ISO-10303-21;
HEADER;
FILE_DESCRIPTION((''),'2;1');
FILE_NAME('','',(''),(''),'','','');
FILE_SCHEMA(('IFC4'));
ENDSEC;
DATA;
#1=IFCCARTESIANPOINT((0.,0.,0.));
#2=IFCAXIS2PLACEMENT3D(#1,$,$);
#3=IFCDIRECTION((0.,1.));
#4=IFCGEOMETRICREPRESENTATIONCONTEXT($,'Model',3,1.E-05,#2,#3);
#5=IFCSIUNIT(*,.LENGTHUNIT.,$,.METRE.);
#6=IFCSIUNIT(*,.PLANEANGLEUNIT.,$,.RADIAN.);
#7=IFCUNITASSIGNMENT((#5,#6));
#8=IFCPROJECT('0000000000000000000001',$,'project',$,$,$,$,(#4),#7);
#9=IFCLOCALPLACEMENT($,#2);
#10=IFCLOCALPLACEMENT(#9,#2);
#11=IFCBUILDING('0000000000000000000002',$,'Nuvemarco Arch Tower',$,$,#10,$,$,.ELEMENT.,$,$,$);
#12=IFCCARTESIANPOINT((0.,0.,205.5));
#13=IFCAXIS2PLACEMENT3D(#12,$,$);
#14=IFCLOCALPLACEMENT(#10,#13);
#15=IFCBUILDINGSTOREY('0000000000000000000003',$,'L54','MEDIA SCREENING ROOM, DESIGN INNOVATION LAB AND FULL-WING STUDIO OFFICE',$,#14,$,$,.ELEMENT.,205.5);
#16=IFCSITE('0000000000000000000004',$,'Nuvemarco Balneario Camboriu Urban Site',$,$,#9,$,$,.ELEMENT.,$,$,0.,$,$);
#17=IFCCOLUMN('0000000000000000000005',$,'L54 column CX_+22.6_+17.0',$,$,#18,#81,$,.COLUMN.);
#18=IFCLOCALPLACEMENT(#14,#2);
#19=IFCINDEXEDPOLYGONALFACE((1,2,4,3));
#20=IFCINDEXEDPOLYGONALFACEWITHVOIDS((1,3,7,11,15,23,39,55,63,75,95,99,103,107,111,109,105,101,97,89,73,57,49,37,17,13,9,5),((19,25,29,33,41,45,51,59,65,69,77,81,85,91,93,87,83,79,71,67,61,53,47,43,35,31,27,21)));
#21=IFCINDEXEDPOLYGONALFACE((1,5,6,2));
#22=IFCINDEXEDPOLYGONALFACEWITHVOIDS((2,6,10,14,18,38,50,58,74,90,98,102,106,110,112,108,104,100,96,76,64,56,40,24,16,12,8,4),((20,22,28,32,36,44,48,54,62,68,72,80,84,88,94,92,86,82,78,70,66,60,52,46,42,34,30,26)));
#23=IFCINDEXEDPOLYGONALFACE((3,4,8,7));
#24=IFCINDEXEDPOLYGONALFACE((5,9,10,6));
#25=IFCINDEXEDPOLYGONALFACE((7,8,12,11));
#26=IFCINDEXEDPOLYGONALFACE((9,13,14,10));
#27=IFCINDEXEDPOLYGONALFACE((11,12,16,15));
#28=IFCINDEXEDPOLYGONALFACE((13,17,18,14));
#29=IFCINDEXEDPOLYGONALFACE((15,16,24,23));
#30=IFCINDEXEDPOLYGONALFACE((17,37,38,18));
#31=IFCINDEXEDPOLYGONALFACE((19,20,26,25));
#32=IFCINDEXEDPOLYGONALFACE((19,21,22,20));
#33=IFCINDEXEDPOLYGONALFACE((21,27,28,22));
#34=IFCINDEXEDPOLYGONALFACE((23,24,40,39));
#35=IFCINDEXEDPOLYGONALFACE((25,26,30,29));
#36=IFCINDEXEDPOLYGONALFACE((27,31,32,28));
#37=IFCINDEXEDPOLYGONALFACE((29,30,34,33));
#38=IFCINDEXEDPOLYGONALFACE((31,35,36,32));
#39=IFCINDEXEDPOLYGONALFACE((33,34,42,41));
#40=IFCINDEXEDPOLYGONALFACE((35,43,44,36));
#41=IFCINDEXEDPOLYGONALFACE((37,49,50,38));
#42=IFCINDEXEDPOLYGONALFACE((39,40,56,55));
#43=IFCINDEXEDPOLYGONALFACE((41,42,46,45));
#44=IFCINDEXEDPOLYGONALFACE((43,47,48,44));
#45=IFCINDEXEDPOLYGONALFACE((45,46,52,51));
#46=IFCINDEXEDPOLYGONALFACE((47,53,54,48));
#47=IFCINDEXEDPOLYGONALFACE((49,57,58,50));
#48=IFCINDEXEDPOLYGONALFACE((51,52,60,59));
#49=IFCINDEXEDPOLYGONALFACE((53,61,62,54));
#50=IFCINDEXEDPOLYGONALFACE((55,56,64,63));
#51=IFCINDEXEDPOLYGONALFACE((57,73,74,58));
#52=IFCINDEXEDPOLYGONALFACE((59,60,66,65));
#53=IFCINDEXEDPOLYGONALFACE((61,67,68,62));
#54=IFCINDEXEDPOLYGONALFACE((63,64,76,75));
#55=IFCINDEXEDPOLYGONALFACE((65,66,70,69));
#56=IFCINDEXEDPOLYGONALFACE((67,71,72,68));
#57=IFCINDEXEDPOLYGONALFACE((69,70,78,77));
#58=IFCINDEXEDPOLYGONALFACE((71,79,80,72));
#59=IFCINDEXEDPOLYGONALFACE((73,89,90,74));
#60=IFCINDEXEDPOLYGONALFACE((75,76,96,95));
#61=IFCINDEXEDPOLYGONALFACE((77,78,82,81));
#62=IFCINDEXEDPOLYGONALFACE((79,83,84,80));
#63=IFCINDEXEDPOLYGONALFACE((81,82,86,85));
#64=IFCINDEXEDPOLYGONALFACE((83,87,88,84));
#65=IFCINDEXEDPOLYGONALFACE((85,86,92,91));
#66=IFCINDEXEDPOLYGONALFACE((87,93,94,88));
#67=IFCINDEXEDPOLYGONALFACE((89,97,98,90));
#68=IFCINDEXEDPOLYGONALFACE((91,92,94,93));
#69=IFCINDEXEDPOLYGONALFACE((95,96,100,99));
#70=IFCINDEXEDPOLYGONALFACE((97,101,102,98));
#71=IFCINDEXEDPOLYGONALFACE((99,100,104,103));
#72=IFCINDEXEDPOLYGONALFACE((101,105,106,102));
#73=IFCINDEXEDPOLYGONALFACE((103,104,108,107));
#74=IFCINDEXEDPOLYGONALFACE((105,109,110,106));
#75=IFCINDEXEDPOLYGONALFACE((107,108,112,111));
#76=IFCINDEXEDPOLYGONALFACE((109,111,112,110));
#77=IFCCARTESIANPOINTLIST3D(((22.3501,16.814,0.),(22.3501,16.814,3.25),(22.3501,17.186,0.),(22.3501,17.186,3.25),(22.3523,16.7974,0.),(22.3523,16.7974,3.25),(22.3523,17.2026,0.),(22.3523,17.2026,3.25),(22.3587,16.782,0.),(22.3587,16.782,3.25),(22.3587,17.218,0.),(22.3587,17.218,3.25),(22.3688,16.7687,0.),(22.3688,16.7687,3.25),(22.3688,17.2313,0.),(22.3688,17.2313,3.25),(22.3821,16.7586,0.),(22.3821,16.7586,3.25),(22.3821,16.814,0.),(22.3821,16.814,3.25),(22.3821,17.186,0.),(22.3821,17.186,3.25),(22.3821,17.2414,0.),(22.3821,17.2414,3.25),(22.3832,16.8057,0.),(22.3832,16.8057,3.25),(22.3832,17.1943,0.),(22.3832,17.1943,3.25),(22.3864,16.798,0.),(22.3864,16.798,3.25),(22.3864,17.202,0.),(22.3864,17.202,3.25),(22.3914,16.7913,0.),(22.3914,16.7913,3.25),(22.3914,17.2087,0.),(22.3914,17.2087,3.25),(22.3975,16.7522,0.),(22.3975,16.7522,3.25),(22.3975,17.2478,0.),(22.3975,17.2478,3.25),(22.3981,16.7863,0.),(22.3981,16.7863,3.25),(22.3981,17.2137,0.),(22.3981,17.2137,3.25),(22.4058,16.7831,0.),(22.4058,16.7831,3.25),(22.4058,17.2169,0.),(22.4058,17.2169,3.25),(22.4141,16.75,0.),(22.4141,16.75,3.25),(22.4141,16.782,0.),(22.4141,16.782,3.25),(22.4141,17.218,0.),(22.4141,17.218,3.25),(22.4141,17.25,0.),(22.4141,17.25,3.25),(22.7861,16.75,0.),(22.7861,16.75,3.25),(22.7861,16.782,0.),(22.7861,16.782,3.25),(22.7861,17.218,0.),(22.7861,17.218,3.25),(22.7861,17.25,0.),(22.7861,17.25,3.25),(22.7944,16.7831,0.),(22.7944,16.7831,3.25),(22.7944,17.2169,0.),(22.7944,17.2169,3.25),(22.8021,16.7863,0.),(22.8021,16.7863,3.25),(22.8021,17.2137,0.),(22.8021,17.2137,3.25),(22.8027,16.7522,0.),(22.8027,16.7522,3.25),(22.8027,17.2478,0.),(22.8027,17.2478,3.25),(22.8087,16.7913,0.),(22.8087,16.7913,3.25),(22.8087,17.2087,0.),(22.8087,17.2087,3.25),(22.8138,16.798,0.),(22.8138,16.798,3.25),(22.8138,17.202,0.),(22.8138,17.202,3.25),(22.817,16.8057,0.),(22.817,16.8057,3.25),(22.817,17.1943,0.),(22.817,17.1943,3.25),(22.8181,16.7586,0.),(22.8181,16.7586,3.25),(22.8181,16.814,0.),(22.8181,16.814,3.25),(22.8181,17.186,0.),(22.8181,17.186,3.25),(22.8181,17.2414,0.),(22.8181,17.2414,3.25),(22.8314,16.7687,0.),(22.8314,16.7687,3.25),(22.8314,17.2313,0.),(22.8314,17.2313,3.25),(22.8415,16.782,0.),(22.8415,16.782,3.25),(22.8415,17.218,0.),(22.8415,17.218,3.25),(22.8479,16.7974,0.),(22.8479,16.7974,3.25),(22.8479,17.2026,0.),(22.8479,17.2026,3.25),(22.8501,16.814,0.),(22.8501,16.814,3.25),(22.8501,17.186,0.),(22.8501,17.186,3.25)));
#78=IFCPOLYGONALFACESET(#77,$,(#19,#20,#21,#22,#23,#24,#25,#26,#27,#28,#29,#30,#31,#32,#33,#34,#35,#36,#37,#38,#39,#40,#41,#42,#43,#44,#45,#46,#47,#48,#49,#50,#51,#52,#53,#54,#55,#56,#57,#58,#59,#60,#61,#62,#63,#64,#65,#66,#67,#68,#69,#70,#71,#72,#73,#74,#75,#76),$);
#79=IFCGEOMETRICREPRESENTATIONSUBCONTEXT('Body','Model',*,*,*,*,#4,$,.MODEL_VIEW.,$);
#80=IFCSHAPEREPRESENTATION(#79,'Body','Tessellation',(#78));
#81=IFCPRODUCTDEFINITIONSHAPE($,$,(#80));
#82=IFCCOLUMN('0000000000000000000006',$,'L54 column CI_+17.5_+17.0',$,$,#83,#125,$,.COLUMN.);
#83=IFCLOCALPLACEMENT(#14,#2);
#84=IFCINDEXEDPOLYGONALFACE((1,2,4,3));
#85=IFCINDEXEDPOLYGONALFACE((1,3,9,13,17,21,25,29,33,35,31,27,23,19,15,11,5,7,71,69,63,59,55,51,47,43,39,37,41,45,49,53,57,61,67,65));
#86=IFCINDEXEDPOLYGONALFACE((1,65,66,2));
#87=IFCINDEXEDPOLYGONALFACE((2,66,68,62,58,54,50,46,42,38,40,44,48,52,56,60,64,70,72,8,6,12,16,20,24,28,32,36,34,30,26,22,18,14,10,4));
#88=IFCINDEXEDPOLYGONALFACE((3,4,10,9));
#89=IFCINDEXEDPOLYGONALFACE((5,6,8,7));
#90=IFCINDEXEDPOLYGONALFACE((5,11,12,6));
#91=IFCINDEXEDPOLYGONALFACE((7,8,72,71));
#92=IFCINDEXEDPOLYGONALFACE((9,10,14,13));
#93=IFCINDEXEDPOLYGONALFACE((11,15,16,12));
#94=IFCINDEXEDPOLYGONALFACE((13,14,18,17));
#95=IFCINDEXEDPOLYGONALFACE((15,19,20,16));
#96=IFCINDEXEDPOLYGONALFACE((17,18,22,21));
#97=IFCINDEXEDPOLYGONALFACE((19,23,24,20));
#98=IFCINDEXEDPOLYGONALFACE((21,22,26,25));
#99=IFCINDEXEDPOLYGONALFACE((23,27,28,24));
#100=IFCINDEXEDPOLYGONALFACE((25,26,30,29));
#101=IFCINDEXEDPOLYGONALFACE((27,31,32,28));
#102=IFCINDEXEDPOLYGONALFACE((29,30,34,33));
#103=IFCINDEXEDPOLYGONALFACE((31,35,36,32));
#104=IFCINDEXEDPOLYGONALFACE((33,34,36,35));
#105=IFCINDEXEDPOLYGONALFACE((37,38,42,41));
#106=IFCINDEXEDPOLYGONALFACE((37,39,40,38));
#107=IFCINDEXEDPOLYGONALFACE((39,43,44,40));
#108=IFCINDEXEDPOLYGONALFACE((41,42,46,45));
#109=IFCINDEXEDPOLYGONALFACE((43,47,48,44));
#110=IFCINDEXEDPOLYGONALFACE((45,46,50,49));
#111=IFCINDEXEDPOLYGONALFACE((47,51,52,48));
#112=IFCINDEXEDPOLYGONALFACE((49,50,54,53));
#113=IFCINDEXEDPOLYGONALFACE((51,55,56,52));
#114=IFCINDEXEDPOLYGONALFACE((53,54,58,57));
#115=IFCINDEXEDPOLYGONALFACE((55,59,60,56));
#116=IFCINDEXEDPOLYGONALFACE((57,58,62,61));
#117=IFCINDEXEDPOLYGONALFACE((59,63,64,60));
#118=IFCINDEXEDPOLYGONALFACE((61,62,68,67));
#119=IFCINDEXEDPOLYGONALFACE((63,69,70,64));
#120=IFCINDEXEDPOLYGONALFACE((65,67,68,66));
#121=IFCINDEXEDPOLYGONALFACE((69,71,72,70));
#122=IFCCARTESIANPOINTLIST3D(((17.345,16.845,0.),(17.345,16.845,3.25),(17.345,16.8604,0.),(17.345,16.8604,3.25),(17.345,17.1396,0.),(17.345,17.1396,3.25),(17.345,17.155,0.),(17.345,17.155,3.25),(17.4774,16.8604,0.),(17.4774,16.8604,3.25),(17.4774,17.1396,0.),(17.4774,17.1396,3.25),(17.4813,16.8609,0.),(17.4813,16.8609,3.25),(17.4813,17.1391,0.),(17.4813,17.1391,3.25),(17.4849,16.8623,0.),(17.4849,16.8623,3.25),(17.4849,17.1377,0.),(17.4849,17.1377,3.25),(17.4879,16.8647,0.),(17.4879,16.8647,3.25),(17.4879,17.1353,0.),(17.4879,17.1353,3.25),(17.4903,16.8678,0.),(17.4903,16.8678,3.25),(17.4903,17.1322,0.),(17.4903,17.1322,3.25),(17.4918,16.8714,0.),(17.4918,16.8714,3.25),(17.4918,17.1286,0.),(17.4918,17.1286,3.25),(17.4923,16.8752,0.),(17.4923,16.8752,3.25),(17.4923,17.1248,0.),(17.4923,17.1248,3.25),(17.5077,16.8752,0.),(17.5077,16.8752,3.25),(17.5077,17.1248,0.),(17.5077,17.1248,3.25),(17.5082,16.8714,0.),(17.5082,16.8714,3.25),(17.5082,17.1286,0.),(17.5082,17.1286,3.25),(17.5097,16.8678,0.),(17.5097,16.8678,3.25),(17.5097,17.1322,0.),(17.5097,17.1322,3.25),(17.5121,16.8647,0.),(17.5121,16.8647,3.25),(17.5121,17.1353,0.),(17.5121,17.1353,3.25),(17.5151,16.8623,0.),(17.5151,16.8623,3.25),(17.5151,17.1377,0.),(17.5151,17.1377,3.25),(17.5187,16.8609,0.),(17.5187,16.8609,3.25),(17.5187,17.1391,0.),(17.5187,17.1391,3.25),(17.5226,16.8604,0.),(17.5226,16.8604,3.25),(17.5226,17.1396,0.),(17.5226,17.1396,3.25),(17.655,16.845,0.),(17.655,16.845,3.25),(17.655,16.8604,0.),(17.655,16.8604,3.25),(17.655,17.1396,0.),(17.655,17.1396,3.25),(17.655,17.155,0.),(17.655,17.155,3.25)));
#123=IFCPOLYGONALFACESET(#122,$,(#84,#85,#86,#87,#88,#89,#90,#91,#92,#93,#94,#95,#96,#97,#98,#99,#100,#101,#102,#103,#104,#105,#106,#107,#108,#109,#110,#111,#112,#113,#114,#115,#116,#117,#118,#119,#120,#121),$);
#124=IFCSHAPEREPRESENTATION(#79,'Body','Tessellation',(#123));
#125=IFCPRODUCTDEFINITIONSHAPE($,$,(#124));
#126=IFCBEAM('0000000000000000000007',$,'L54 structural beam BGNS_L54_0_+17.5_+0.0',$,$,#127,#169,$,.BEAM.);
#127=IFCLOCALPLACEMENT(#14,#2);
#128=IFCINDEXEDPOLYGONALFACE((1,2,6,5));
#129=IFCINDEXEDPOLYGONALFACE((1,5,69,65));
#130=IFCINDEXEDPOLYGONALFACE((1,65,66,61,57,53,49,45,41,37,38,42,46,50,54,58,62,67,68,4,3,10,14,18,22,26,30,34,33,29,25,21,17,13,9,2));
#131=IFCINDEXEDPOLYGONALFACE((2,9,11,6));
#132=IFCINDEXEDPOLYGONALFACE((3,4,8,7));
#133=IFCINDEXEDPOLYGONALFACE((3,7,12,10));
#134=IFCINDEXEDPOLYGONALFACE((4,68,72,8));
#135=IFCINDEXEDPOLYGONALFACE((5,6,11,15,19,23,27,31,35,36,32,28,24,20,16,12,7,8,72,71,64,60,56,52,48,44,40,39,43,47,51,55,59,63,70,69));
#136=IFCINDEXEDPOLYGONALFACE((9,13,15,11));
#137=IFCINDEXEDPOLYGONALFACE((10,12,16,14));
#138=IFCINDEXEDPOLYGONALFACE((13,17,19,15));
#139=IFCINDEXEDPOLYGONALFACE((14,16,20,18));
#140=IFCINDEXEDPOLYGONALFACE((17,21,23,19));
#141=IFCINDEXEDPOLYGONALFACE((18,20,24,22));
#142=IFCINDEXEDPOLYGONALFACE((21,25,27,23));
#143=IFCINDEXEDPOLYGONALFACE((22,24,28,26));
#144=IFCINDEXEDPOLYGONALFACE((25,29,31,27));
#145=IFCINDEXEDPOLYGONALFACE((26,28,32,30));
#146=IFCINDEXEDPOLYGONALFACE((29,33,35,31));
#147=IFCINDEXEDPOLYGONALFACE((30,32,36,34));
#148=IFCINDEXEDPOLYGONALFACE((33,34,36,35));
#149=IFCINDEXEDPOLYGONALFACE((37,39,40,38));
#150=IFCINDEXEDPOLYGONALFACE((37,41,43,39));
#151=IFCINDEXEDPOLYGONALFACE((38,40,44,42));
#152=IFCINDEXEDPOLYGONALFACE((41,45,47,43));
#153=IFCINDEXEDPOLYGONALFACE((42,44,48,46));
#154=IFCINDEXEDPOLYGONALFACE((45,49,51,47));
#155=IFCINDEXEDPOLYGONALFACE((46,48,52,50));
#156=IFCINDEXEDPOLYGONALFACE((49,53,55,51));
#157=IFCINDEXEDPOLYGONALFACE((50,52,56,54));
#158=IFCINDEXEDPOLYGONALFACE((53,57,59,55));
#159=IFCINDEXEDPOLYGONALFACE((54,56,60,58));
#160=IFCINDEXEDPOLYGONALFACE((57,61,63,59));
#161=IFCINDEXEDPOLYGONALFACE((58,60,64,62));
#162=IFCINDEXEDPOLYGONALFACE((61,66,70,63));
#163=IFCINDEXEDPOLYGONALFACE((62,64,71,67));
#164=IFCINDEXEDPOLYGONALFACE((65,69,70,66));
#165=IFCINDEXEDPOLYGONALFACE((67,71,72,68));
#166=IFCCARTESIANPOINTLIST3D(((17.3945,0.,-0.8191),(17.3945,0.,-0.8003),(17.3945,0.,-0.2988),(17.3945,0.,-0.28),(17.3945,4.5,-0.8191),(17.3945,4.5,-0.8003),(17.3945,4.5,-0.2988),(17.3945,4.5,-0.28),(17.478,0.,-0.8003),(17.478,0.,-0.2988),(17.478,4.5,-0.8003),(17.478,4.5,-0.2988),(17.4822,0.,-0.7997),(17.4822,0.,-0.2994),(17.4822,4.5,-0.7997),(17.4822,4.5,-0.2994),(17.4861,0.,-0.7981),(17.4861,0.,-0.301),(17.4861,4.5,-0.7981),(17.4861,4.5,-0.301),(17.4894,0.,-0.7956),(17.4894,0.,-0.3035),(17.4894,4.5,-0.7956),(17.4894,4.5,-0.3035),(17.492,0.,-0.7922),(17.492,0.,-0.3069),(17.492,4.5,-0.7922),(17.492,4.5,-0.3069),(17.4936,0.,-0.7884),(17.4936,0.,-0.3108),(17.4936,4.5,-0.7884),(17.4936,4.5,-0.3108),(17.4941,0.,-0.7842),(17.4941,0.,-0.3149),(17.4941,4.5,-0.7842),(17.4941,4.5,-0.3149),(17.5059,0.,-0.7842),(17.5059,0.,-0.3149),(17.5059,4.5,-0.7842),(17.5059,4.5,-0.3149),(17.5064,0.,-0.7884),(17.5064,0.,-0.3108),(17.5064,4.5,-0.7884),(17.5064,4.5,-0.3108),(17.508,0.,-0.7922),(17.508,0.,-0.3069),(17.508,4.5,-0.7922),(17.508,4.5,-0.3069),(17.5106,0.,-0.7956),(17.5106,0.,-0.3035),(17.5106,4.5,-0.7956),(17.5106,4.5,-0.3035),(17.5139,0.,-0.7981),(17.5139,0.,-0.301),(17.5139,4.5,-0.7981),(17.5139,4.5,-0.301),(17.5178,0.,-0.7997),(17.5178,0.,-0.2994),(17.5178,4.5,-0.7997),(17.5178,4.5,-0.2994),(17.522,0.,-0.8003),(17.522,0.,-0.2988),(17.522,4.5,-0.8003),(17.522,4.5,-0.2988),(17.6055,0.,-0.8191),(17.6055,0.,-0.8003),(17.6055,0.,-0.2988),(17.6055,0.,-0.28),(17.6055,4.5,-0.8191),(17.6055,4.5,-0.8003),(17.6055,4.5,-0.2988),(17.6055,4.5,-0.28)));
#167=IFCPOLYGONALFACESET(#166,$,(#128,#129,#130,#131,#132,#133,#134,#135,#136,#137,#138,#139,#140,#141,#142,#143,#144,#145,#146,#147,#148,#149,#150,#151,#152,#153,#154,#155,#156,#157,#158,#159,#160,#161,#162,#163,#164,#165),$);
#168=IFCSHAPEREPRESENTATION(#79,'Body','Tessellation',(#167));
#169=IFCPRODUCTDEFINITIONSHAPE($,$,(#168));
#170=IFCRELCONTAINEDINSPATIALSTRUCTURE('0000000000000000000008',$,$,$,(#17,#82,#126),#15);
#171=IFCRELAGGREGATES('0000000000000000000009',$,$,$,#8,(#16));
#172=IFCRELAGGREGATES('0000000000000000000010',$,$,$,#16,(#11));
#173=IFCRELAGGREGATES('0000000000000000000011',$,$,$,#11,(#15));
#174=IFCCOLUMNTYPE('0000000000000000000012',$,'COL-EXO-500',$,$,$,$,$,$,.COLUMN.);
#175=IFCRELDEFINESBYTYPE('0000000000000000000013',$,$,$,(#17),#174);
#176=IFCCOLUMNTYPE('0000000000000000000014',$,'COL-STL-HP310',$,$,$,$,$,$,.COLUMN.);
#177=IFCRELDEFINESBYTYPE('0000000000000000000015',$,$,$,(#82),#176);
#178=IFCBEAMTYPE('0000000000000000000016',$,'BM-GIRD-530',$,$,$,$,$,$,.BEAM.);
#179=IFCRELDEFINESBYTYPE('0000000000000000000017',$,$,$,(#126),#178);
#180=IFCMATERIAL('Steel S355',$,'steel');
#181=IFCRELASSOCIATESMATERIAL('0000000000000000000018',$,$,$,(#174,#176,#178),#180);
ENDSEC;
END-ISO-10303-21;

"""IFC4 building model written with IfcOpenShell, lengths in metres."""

from ifc_helpers import new_model, si_unit, direction, frame, origin, origin_2d, place, context, subcontext, project, spatial, hollow_rectangle, i_section, extrude, material, material_profile, profile_set, type_object, element, save


model = new_model("IFC4")

# Units and contexts
model_context = context("Model", 3, precision=1e-05, world=origin(), true_north=direction((0.0, 1.0)))
body_context = subcontext(model_context, "Body", "Model", "MODEL_VIEW")
ifc_project = project(units=[si_unit("LENGTHUNIT", "METRE"), si_unit("PLANEANGLEUNIT", "RADIAN")], contexts=[model_context])

# Site, building, storey
site_placement = place(None, origin())
site = spatial("IfcSite", under=ifc_project, at=site_placement, Name="Nuvemarco Balneario Camboriu Urban Site", CompositionType="ELEMENT", RefElevation=0.0)
building_placement = place(site_placement, origin())
building = spatial("IfcBuilding", under=site, at=building_placement, Name="Nuvemarco Arch Tower", CompositionType="ELEMENT")
storey_placement = place(building_placement, frame((0.0, 0.0, 205.5)))
storey = spatial("IfcBuildingStorey", under=building, at=storey_placement, Name="L54", Description="MEDIA SCREENING ROOM, DESIGN INNOVATION LAB AND FULL-WING STUDIO OFFICE", CompositionType="ELEMENT", Elevation=205.5)

# Columns
ifc_material_1 = material(Name="Steel S355", Category="steel")
ifc_material_profile_1 = material_profile(ifc_material_1, hollow_rectangle(XDim=0.5, YDim=0.5, WallThickness=0.032, InnerFilletRadius=0.032, OuterFilletRadius=0.064, at=origin_2d()), Name="SHS500x500x32")
ifc_profile_set_1 = profile_set([ifc_material_profile_1], Name="Steel S355")
column_type_1 = type_object("IfcColumnType", Name="COL-EXO-500", PredefinedType="COLUMN", material=ifc_profile_set_1)
for number, where, z_axis, x_axis, name in (
    (1, (22.6001, 17.0, 0.0), (0.0, 0.0, 1.0), (1.0, 0.0, 0.0), "L54 column CX_+22.6_+17.0"),
):
    element("IfcColumn", number, at=place(storey_placement, frame(where, z_axis=z_axis, x_axis=x_axis)), inside=storey, type_object=column_type_1, Name=name, PredefinedType="COLUMN", context=body_context, shape_type="SweptSolid", body=[
        extrude(hollow_rectangle(XDim=0.5, YDim=0.5, WallThickness=0.032, InnerFilletRadius=0.032, OuterFilletRadius=0.064, at=origin_2d()), origin(), (0.0, 0.0, 1.0), 3.25),
    ])
ifc_material_profile_2 = material_profile(ifc_material_1, i_section(OverallWidth=0.3101, OverallDepth=0.3101, WebThickness=0.0154, FlangeThickness=0.0154, FilletRadius=0.0149, at=origin_2d()), Name="HP310x110")
ifc_profile_set_2 = profile_set([ifc_material_profile_2], Name="Steel S355")
column_type_2 = type_object("IfcColumnType", Name="COL-STL-HP310", PredefinedType="COLUMN", material=ifc_profile_set_2)
column_placement = place(storey_placement, frame((17.5, 17.0, 0.0), z_axis=(0.0, 0.0, 1.0), x_axis=(1.0, 0.0, 0.0)))
element("IfcColumn", 2, at=column_placement, inside=storey, type_object=column_type_2, Name="L54 column CI_+17.5_+17.0", PredefinedType="COLUMN", context=body_context, shape_type="SweptSolid", body=[
    extrude(i_section(OverallWidth=0.3101, OverallDepth=0.3101, WebThickness=0.0154, FlangeThickness=0.0154, FilletRadius=0.0149, at=origin_2d()), origin(), (0.0, 0.0, 1.0), 3.25),
])

# Beam
ifc_material_profile_3 = material_profile(ifc_material_1, i_section(OverallWidth=0.2109, OverallDepth=0.5391, WebThickness=0.0117, FlangeThickness=0.0188, FilletRadius=0.0161, at=origin_2d()), Name="W530x109")
ifc_profile_set_3 = profile_set([ifc_material_profile_3], Name="Steel S355")
beam_type_1 = type_object("IfcBeamType", Name="BM-GIRD-530", PredefinedType="BEAM", material=ifc_profile_set_3)
beam_1_placement = place(storey_placement, frame((17.5, 0.0, -0.5496), z_axis=(0.0, 1.0, 0.0), x_axis=(-1.0, 0.0, 0.0)))
element("IfcBeam", 3, at=beam_1_placement, inside=storey, type_object=beam_type_1, Name="L54 structural beam BGNS_L54_0_+17.5_+0.0", PredefinedType="BEAM", context=body_context, shape_type="SweptSolid", body=[
    extrude(i_section(OverallWidth=0.2109, OverallDepth=0.5391, WebThickness=0.0117, FlangeThickness=0.0188, FilletRadius=0.0161, at=origin_2d()), origin(), (0.0, 0.0, 1.0), 4.5),
])

save(model, "model.ifc")
